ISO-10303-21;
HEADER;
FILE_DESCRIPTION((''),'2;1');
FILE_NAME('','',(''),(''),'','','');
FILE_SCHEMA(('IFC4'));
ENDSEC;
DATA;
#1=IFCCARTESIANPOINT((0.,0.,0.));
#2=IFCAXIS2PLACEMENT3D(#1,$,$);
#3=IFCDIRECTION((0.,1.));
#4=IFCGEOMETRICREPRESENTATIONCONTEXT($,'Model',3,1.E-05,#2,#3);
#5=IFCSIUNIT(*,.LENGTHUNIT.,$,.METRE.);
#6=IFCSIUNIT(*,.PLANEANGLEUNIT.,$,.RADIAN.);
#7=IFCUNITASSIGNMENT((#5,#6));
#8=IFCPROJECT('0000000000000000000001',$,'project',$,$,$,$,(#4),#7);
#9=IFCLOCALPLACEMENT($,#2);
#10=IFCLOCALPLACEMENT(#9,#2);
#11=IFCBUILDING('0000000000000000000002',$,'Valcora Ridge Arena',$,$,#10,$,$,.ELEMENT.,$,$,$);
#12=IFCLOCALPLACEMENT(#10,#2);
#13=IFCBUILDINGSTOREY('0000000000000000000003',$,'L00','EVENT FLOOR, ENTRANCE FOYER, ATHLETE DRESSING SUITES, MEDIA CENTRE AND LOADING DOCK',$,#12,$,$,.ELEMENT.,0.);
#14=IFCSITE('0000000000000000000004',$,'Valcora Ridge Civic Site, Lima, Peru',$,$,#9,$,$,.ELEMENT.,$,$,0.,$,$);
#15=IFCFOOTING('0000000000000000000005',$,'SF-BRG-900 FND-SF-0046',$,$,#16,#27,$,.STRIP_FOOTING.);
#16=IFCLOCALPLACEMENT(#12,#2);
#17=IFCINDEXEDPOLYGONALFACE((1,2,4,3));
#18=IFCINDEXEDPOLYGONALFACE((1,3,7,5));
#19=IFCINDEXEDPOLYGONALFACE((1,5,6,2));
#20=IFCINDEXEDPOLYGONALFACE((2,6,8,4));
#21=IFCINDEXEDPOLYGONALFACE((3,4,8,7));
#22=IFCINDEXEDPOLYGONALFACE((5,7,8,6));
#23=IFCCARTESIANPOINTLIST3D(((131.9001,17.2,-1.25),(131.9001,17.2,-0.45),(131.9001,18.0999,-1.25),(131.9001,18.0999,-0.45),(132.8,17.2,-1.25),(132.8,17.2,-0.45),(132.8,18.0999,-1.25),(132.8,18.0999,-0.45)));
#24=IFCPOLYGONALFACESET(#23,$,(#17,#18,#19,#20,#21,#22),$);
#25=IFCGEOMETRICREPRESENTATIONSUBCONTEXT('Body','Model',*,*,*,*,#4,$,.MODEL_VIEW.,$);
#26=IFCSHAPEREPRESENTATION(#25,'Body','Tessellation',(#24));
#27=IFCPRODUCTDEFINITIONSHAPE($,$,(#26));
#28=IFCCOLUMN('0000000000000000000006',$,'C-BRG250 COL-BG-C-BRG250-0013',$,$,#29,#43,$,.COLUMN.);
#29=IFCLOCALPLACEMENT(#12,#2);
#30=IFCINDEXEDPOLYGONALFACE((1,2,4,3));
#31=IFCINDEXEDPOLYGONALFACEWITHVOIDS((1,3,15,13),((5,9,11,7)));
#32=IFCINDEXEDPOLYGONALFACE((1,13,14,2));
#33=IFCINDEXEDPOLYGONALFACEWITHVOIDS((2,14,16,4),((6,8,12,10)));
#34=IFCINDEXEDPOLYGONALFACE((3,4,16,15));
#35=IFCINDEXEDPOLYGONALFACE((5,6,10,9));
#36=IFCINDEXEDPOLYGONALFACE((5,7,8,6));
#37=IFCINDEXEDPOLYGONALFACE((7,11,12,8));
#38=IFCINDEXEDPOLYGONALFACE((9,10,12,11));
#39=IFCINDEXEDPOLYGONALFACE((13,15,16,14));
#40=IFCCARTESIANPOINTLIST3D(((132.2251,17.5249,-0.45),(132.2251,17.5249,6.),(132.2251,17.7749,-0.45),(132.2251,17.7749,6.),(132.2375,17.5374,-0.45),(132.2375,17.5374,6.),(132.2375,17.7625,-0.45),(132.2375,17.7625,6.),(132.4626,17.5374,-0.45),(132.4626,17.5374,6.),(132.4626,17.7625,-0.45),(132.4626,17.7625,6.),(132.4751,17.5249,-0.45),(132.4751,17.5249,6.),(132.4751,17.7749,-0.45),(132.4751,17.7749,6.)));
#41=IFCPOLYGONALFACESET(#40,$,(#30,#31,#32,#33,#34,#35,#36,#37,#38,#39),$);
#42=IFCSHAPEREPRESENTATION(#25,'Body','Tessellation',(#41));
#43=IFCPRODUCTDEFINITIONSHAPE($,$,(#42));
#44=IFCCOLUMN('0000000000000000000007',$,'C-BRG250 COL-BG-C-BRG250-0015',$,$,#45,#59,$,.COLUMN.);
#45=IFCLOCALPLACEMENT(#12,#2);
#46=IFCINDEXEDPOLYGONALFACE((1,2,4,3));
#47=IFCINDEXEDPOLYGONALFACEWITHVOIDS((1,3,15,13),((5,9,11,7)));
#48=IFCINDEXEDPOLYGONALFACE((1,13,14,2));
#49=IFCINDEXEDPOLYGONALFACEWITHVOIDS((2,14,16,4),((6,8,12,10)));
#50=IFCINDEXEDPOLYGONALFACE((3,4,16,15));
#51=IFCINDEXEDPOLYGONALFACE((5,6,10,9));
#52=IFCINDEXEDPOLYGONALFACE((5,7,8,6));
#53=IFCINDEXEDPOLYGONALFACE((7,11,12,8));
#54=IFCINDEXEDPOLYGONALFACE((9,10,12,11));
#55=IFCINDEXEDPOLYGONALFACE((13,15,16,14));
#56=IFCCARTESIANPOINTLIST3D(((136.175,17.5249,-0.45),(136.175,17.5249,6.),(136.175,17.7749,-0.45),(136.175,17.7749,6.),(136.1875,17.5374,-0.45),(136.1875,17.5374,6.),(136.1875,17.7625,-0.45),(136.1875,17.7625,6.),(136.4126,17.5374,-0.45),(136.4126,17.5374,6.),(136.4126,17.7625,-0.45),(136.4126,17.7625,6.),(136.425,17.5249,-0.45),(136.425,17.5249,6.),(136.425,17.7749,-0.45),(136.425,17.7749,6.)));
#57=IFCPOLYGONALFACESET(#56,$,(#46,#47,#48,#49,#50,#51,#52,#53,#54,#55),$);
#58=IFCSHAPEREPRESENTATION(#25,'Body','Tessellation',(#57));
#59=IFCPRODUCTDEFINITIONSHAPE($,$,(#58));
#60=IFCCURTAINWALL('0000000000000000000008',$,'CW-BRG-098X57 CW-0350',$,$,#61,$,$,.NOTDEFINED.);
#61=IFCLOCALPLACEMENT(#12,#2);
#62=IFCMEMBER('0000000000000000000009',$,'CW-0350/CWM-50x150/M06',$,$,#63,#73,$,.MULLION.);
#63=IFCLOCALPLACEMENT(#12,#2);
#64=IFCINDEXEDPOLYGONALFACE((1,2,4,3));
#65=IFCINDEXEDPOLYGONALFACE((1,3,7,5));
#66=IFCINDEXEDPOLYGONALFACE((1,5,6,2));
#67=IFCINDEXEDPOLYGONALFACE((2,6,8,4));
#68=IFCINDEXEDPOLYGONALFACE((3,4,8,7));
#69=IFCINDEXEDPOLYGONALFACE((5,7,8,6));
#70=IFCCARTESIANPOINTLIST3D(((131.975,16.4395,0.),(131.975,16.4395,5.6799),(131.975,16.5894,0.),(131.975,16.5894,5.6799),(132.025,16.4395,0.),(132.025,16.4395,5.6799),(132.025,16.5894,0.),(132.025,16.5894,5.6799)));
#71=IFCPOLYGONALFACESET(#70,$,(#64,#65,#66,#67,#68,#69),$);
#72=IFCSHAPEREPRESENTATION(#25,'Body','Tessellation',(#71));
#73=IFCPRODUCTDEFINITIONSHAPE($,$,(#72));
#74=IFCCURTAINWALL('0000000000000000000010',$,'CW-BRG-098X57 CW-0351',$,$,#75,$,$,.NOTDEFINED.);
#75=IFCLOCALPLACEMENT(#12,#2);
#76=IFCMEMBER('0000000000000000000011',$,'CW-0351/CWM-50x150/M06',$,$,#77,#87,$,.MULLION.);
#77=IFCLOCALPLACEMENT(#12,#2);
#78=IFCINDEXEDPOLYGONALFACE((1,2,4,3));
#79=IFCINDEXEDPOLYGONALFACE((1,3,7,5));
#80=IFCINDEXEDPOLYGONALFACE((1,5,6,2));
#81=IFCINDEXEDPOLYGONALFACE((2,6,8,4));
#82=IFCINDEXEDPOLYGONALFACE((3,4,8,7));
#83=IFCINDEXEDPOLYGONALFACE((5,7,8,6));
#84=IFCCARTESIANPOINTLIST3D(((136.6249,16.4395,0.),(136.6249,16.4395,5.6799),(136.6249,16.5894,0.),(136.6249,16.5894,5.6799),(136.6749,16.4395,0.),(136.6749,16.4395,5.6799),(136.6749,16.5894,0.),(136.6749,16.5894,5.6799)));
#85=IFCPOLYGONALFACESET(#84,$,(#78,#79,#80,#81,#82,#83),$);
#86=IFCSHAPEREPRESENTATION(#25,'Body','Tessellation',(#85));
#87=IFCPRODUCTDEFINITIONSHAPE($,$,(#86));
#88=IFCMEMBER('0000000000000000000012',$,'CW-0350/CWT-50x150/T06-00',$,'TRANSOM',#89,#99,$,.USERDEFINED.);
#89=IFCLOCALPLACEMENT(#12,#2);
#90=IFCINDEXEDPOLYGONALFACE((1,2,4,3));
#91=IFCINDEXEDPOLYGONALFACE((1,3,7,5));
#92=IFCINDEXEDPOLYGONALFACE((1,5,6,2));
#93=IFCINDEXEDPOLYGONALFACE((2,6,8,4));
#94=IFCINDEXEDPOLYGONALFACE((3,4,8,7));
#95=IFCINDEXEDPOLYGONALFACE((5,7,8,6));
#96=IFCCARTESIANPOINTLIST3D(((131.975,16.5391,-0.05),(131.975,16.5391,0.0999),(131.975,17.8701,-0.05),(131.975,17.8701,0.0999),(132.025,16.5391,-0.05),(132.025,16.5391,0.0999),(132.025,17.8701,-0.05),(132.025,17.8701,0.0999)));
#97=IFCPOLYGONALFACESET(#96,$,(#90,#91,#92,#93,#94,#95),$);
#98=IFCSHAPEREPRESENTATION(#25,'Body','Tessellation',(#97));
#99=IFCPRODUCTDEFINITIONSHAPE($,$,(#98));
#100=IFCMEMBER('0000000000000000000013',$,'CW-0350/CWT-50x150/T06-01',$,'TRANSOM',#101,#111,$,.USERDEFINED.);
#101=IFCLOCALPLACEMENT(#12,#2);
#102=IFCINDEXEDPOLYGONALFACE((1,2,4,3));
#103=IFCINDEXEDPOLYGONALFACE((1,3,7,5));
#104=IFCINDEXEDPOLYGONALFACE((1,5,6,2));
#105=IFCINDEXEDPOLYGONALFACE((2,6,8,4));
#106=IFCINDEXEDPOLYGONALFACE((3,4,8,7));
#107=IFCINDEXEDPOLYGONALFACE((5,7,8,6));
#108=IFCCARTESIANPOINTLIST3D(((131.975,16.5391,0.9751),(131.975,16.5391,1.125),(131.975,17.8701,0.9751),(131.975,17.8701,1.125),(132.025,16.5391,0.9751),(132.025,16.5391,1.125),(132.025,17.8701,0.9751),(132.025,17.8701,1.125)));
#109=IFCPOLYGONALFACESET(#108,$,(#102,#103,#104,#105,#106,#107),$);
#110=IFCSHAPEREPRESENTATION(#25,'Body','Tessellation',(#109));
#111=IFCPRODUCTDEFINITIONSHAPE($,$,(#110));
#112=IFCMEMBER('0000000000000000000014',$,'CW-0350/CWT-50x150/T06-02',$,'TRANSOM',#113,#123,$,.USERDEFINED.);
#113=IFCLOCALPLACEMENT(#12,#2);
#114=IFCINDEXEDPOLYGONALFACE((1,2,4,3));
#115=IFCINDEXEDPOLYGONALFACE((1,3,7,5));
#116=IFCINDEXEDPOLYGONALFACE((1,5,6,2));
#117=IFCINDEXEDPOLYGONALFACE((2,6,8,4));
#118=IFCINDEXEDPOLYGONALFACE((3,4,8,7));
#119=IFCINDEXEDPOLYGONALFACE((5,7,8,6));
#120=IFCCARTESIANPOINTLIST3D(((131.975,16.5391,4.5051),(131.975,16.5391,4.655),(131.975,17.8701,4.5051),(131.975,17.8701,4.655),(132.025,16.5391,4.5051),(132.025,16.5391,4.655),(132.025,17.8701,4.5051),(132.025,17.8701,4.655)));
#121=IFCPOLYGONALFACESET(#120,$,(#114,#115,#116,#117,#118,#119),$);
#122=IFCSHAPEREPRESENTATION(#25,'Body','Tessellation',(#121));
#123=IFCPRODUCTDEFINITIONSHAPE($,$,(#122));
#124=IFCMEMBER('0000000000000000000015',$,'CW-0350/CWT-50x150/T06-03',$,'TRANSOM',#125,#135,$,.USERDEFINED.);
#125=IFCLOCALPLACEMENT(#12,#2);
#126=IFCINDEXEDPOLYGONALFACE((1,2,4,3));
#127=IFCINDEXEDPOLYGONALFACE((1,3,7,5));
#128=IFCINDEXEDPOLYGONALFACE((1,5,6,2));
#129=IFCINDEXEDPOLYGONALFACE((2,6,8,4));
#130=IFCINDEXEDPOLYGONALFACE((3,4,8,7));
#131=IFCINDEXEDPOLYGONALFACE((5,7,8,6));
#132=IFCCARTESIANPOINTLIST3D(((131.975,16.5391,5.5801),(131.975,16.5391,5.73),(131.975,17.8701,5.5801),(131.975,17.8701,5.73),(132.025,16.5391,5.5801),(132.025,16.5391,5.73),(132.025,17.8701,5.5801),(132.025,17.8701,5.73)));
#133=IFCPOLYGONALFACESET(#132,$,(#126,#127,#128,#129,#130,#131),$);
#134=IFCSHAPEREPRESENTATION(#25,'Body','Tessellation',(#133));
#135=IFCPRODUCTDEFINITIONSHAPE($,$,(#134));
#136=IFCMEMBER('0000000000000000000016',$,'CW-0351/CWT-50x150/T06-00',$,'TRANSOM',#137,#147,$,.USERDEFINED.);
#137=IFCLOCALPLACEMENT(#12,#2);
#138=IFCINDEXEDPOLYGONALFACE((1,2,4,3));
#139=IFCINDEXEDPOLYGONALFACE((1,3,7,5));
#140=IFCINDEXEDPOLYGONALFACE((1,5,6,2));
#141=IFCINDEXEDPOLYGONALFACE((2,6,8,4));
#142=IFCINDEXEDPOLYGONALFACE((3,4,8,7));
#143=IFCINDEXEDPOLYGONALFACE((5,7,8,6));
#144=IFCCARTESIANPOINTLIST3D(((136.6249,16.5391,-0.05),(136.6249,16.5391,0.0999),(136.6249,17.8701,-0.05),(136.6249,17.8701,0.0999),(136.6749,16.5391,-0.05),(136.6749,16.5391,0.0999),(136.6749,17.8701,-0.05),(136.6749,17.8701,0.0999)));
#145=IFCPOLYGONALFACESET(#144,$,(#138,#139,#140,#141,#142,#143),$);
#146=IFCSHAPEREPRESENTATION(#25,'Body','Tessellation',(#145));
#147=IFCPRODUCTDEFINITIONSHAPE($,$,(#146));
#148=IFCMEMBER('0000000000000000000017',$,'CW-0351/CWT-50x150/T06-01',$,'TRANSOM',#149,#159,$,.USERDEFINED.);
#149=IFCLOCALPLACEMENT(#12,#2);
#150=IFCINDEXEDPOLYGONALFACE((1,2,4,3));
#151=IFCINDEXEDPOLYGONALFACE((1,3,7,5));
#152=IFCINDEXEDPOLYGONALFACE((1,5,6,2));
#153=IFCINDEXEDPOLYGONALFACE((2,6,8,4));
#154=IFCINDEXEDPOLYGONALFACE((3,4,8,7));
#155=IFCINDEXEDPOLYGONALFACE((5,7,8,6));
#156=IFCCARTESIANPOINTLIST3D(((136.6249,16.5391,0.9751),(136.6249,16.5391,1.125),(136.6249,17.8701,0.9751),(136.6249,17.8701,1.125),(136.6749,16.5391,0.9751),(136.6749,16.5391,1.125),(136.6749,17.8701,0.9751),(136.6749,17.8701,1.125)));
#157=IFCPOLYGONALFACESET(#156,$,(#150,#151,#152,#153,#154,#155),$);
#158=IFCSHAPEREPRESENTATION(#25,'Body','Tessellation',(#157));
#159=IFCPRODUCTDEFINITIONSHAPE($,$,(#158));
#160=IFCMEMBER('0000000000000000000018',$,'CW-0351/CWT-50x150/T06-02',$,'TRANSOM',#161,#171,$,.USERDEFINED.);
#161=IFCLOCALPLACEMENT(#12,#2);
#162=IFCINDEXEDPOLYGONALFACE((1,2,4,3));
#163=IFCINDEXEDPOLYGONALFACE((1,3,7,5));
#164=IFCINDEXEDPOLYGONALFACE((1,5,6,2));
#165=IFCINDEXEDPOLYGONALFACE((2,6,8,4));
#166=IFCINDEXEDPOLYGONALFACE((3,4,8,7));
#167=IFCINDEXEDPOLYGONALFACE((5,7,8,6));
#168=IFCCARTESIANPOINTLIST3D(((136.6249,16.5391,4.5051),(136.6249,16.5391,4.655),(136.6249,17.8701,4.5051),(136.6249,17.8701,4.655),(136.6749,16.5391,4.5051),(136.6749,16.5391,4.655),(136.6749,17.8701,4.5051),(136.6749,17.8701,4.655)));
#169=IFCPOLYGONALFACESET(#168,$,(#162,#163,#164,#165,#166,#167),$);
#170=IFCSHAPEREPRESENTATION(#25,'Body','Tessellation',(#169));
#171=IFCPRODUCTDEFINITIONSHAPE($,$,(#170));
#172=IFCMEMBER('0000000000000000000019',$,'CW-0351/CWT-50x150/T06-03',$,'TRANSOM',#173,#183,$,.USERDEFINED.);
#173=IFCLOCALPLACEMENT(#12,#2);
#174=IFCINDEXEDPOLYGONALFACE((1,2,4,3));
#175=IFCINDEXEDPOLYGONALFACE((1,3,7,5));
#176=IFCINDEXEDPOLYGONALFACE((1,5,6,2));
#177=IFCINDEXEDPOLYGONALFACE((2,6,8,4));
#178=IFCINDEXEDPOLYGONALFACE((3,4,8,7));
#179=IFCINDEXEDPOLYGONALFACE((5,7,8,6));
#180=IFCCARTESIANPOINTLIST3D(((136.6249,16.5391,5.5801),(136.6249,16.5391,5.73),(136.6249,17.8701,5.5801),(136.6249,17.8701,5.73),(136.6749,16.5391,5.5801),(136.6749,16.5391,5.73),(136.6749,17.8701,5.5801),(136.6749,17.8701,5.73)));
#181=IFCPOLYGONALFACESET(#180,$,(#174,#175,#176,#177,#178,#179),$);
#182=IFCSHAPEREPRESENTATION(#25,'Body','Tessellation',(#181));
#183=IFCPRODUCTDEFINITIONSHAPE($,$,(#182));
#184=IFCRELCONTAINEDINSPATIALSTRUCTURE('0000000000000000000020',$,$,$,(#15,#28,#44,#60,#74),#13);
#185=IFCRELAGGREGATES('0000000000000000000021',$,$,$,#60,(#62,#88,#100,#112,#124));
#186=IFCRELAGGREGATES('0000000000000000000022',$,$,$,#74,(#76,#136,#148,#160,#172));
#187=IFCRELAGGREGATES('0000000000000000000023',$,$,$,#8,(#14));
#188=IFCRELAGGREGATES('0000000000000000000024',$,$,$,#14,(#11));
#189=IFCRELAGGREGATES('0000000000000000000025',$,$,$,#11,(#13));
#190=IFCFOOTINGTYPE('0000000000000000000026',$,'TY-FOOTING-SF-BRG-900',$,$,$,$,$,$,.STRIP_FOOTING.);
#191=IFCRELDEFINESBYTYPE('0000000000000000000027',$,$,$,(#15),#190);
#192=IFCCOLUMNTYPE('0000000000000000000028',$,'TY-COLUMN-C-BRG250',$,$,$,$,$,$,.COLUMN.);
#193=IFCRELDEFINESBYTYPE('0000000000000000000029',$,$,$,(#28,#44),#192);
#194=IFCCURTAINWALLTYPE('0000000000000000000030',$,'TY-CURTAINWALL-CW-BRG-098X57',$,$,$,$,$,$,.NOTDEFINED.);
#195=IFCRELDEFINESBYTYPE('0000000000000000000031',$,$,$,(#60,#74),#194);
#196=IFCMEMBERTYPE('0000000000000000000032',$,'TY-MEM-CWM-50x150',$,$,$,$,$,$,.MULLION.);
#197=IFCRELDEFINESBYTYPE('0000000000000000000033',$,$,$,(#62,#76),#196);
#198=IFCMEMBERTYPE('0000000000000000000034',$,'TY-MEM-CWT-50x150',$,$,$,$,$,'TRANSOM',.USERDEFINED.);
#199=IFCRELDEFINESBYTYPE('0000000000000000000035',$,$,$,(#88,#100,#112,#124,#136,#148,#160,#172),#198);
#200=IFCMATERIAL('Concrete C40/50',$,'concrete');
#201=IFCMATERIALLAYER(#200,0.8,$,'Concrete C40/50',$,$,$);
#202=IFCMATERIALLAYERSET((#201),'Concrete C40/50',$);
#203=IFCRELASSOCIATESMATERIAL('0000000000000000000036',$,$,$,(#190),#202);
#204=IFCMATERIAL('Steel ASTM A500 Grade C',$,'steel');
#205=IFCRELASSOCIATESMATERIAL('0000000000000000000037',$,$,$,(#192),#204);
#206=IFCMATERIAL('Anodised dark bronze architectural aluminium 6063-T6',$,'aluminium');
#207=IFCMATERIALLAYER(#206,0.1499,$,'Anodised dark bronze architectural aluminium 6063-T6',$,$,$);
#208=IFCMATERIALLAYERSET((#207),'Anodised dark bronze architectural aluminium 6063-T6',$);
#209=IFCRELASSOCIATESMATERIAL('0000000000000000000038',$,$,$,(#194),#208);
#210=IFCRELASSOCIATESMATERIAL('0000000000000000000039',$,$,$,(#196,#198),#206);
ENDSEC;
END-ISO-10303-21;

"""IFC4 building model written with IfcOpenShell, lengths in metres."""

from ifc_helpers import new_model, si_unit, direction, frame, origin, origin_2d, place, context, subcontext, project, spatial, rectangle, hollow_rectangle, extrude, material, layer, layer_set, material_profile, profile_set, type_object, element, aggregate, save


model = new_model("IFC4")

# Units and contexts
model_context = context("Model", 3, precision=1e-05, world=origin(), true_north=direction((0.0, 1.0)))
body_context = subcontext(model_context, "Body", "Model", "MODEL_VIEW")
ifc_project = project(units=[si_unit("LENGTHUNIT", "METRE"), si_unit("PLANEANGLEUNIT", "RADIAN")], contexts=[model_context])

# Site, building, storey
site_placement = place(None, origin())
site = spatial("IfcSite", under=ifc_project, at=site_placement, Name="Valcora Ridge Civic Site, Lima, Peru", CompositionType="ELEMENT", RefElevation=0.0)
building_placement = place(site_placement, origin())
building = spatial("IfcBuilding", under=site, at=building_placement, Name="Valcora Ridge Arena", CompositionType="ELEMENT")
storey_placement = place(building_placement, origin())
storey = spatial("IfcBuildingStorey", under=building, at=storey_placement, Name="L00", Description="EVENT FLOOR, ENTRANCE FOYER, ATHLETE DRESSING SUITES, MEDIA CENTRE AND LOADING DOCK", CompositionType="ELEMENT", Elevation=0.0)

# Footing
ifc_material_1 = material(Name="Concrete C40/50", Category="concrete")
ifc_layer_1 = layer(ifc_material_1, 0.8, Name="Concrete C40/50")
ifc_layer_set_1 = layer_set([ifc_layer_1], Name="Concrete C40/50")
footing_type = type_object("IfcFootingType", Name="TY-FOOTING-SF-BRG-900", PredefinedType="STRIP_FOOTING", material=ifc_layer_set_1)
footing_placement = place(storey_placement, frame((132.3501, 17.6499, -1.25), z_axis=(0.0, 0.0, 1.0), x_axis=(1.0, 0.0, 0.0)))
element("IfcFooting", 1, at=footing_placement, inside=storey, type_object=footing_type, Name="SF-BRG-900 FND-SF-0046", PredefinedType="STRIP_FOOTING", context=body_context, shape_type="SweptSolid", body=[
    extrude(rectangle(XDim=0.8999, YDim=0.8999, at=origin_2d()), origin(), (0.0, 0.0, 1.0), 0.8),
])

# Columns
ifc_material_2 = material(Name="Steel ASTM A500 Grade C", Category="steel")
ifc_material_profile_1 = material_profile(ifc_material_2, hollow_rectangle(XDim=0.25, YDim=0.25, WallThickness=0.0125, at=origin_2d()), Name="HSS250X250X12")
ifc_profile_set_1 = profile_set([ifc_material_profile_1], Name="Steel ASTM A500 Grade C")
column_type = type_object("IfcColumnType", Name="TY-COLUMN-C-BRG250", PredefinedType="COLUMN", material=ifc_profile_set_1)
for number, where, z_axis, x_axis, name in (
    (2, (132.3501, 17.6499, -0.45), (0.0, 0.0, 1.0), (1.0, 0.0, 0.0), "C-BRG250 COL-BG-C-BRG250-0013"),
    (3, (136.3, 17.6499, -0.45), (0.0, 0.0, 1.0), (1.0, 0.0, 0.0), "C-BRG250 COL-BG-C-BRG250-0015"),
):
    element("IfcColumn", number, at=place(storey_placement, frame(where, z_axis=z_axis, x_axis=x_axis)), inside=storey, type_object=column_type, Name=name, PredefinedType="COLUMN", context=body_context, shape_type="SweptSolid", body=[
        extrude(hollow_rectangle(XDim=0.25, YDim=0.25, WallThickness=0.0125, at=origin_2d()), origin(), (0.0, 0.0, 1.0), 6.45),
    ])

# Curtain walls, members
ifc_material_3 = material(Name="Anodised dark bronze architectural aluminium 6063-T6", Category="aluminium")
ifc_layer_2 = layer(ifc_material_3, 0.1499, Name="Anodised dark bronze architectural aluminium 6063-T6")
ifc_layer_set_2 = layer_set([ifc_layer_2], Name="Anodised dark bronze architectural aluminium 6063-T6")
curtain_wall_type = type_object("IfcCurtainWallType", Name="TY-CURTAINWALL-CW-BRG-098X57", PredefinedType="NOTDEFINED", material=ifc_layer_set_2)
curtain_wall_1_placement = place(storey_placement, origin())
curtain_wall_1 = element("IfcCurtainWall", 4, at=curtain_wall_1_placement, inside=storey, type_object=curtain_wall_type, Name="CW-BRG-098X57 CW-0350", PredefinedType="NOTDEFINED")
ifc_material_profile_2 = material_profile(ifc_material_3, rectangle(XDim=0.05, YDim=0.1499, at=origin_2d()), Name="ALU MULLION 50x150")
ifc_profile_set_2 = profile_set([ifc_material_profile_2], Name="Anodised dark bronze architectural aluminium 6063-T6")
member_type_1 = type_object("IfcMemberType", Name="TY-MEM-CWM-50x150", PredefinedType="MULLION", material=ifc_profile_set_2)
member_1_placement = place(storey_placement, frame((132.0, 16.5144, 0.0), z_axis=(0.0, 0.0, 1.0), x_axis=(-1.0, 0.0, 0.0)))
member_1 = element("IfcMember", 5, at=member_1_placement, type_object=member_type_1, Name="CW-0350/CWM-50x150/M06", PredefinedType="MULLION", context=body_context, shape_type="SweptSolid", body=[
    extrude(rectangle(XDim=0.05, YDim=0.1499, at=origin_2d()), origin(), (0.0, 0.0, 1.0), 5.6799),
])
curtain_wall_2_placement = place(storey_placement, origin())
curtain_wall_2 = element("IfcCurtainWall", 6, at=curtain_wall_2_placement, inside=storey, type_object=curtain_wall_type, Name="CW-BRG-098X57 CW-0351", PredefinedType="NOTDEFINED")
member_2_placement = place(storey_placement, frame((136.6499, 16.5144, 0.0), z_axis=(0.0, 0.0, 1.0), x_axis=(-1.0, 0.0, 0.0)))
member_2 = element("IfcMember", 7, at=member_2_placement, type_object=member_type_1, Name="CW-0351/CWM-50x150/M06", PredefinedType="MULLION", context=body_context, shape_type="SweptSolid", body=[
    extrude(rectangle(XDim=0.05, YDim=0.1499, at=origin_2d()), origin(), (0.0, 0.0, 1.0), 5.6799),
])

# Members
ifc_material_profile_3 = material_profile(ifc_material_3, rectangle(XDim=0.05, YDim=0.1499, at=origin_2d()), Name="ALU TRANSOM 50x150")
ifc_profile_set_3 = profile_set([ifc_material_profile_3], Name="Anodised dark bronze architectural aluminium 6063-T6")
member_type_2 = type_object("IfcMemberType", Name="TY-MEM-CWT-50x150", ElementType="TRANSOM", PredefinedType="USERDEFINED", material=ifc_profile_set_3)
member_3_placement = place(storey_placement, frame((132.0, 16.5391, 0.0249), z_axis=(0.0, 1.0, 0.0), x_axis=(-1.0, 0.0, 0.0)))
member_3 = element("IfcMember", 8, at=member_3_placement, type_object=member_type_2, Name="CW-0350/CWT-50x150/T06-00", ObjectType="TRANSOM", PredefinedType="USERDEFINED", context=body_context, shape_type="SweptSolid", body=[
    extrude(rectangle(XDim=0.05, YDim=0.1499, at=origin_2d()), origin(), (0.0, 0.0, 1.0), 1.3311),
])
member_4_placement = place(storey_placement, frame((132.0, 16.5391, 1.05), z_axis=(0.0, 1.0, 0.0), x_axis=(-1.0, 0.0, 0.0)))
member_4 = element("IfcMember", 9, at=member_4_placement, type_object=member_type_2, Name="CW-0350/CWT-50x150/T06-01", ObjectType="TRANSOM", PredefinedType="USERDEFINED", context=body_context, shape_type="SweptSolid", body=[
    extrude(rectangle(XDim=0.05, YDim=0.1499, at=origin_2d()), origin(), (0.0, 0.0, 1.0), 1.3311),
])
member_5_placement = place(storey_placement, frame((132.0, 16.5391, 4.5801), z_axis=(0.0, 1.0, 0.0), x_axis=(-1.0, 0.0, 0.0)))
member_5 = element("IfcMember", 10, at=member_5_placement, type_object=member_type_2, Name="CW-0350/CWT-50x150/T06-02", ObjectType="TRANSOM", PredefinedType="USERDEFINED", context=body_context, shape_type="SweptSolid", body=[
    extrude(rectangle(XDim=0.05, YDim=0.1499, at=origin_2d()), origin(), (0.0, 0.0, 1.0), 1.3311),
])
member_6_placement = place(storey_placement, frame((132.0, 16.5391, 5.655), z_axis=(0.0, 1.0, 0.0), x_axis=(-1.0, 0.0, 0.0)))
member_6 = element("IfcMember", 11, at=member_6_placement, type_object=member_type_2, Name="CW-0350/CWT-50x150/T06-03", ObjectType="TRANSOM", PredefinedType="USERDEFINED", context=body_context, shape_type="SweptSolid", body=[
    extrude(rectangle(XDim=0.05, YDim=0.1499, at=origin_2d()), origin(), (0.0, 0.0, 1.0), 1.3311),
])
member_7_placement = place(storey_placement, frame((136.6499, 16.5391, 0.0249), z_axis=(0.0, 1.0, 0.0), x_axis=(-1.0, 0.0, 0.0)))
member_7 = element("IfcMember", 12, at=member_7_placement, type_object=member_type_2, Name="CW-0351/CWT-50x150/T06-00", ObjectType="TRANSOM", PredefinedType="USERDEFINED", context=body_context, shape_type="SweptSolid", body=[
    extrude(rectangle(XDim=0.05, YDim=0.1499, at=origin_2d()), origin(), (0.0, 0.0, 1.0), 1.3311),
])
member_8_placement = place(storey_placement, frame((136.6499, 16.5391, 1.05), z_axis=(0.0, 1.0, 0.0), x_axis=(-1.0, 0.0, 0.0)))
member_8 = element("IfcMember", 13, at=member_8_placement, type_object=member_type_2, Name="CW-0351/CWT-50x150/T06-01", ObjectType="TRANSOM", PredefinedType="USERDEFINED", context=body_context, shape_type="SweptSolid", body=[
    extrude(rectangle(XDim=0.05, YDim=0.1499, at=origin_2d()), origin(), (0.0, 0.0, 1.0), 1.3311),
])
member_9_placement = place(storey_placement, frame((136.6499, 16.5391, 4.5801), z_axis=(0.0, 1.0, 0.0), x_axis=(-1.0, 0.0, 0.0)))
member_9 = element("IfcMember", 14, at=member_9_placement, type_object=member_type_2, Name="CW-0351/CWT-50x150/T06-02", ObjectType="TRANSOM", PredefinedType="USERDEFINED", context=body_context, shape_type="SweptSolid", body=[
    extrude(rectangle(XDim=0.05, YDim=0.1499, at=origin_2d()), origin(), (0.0, 0.0, 1.0), 1.3311),
])
member_10_placement = place(storey_placement, frame((136.6499, 16.5391, 5.655), z_axis=(0.0, 1.0, 0.0), x_axis=(-1.0, 0.0, 0.0)))
member_10 = element("IfcMember", 15, at=member_10_placement, type_object=member_type_2, Name="CW-0351/CWT-50x150/T06-03", ObjectType="TRANSOM", PredefinedType="USERDEFINED", context=body_context, shape_type="SweptSolid", body=[
    extrude(rectangle(XDim=0.05, YDim=0.1499, at=origin_2d()), origin(), (0.0, 0.0, 1.0), 1.3311),
])

aggregate(curtain_wall_1, [member_1, member_3, member_4, member_5, member_6])
aggregate(curtain_wall_2, [member_2, member_7, member_8, member_9, member_10])

save(model, "model.ifc")
